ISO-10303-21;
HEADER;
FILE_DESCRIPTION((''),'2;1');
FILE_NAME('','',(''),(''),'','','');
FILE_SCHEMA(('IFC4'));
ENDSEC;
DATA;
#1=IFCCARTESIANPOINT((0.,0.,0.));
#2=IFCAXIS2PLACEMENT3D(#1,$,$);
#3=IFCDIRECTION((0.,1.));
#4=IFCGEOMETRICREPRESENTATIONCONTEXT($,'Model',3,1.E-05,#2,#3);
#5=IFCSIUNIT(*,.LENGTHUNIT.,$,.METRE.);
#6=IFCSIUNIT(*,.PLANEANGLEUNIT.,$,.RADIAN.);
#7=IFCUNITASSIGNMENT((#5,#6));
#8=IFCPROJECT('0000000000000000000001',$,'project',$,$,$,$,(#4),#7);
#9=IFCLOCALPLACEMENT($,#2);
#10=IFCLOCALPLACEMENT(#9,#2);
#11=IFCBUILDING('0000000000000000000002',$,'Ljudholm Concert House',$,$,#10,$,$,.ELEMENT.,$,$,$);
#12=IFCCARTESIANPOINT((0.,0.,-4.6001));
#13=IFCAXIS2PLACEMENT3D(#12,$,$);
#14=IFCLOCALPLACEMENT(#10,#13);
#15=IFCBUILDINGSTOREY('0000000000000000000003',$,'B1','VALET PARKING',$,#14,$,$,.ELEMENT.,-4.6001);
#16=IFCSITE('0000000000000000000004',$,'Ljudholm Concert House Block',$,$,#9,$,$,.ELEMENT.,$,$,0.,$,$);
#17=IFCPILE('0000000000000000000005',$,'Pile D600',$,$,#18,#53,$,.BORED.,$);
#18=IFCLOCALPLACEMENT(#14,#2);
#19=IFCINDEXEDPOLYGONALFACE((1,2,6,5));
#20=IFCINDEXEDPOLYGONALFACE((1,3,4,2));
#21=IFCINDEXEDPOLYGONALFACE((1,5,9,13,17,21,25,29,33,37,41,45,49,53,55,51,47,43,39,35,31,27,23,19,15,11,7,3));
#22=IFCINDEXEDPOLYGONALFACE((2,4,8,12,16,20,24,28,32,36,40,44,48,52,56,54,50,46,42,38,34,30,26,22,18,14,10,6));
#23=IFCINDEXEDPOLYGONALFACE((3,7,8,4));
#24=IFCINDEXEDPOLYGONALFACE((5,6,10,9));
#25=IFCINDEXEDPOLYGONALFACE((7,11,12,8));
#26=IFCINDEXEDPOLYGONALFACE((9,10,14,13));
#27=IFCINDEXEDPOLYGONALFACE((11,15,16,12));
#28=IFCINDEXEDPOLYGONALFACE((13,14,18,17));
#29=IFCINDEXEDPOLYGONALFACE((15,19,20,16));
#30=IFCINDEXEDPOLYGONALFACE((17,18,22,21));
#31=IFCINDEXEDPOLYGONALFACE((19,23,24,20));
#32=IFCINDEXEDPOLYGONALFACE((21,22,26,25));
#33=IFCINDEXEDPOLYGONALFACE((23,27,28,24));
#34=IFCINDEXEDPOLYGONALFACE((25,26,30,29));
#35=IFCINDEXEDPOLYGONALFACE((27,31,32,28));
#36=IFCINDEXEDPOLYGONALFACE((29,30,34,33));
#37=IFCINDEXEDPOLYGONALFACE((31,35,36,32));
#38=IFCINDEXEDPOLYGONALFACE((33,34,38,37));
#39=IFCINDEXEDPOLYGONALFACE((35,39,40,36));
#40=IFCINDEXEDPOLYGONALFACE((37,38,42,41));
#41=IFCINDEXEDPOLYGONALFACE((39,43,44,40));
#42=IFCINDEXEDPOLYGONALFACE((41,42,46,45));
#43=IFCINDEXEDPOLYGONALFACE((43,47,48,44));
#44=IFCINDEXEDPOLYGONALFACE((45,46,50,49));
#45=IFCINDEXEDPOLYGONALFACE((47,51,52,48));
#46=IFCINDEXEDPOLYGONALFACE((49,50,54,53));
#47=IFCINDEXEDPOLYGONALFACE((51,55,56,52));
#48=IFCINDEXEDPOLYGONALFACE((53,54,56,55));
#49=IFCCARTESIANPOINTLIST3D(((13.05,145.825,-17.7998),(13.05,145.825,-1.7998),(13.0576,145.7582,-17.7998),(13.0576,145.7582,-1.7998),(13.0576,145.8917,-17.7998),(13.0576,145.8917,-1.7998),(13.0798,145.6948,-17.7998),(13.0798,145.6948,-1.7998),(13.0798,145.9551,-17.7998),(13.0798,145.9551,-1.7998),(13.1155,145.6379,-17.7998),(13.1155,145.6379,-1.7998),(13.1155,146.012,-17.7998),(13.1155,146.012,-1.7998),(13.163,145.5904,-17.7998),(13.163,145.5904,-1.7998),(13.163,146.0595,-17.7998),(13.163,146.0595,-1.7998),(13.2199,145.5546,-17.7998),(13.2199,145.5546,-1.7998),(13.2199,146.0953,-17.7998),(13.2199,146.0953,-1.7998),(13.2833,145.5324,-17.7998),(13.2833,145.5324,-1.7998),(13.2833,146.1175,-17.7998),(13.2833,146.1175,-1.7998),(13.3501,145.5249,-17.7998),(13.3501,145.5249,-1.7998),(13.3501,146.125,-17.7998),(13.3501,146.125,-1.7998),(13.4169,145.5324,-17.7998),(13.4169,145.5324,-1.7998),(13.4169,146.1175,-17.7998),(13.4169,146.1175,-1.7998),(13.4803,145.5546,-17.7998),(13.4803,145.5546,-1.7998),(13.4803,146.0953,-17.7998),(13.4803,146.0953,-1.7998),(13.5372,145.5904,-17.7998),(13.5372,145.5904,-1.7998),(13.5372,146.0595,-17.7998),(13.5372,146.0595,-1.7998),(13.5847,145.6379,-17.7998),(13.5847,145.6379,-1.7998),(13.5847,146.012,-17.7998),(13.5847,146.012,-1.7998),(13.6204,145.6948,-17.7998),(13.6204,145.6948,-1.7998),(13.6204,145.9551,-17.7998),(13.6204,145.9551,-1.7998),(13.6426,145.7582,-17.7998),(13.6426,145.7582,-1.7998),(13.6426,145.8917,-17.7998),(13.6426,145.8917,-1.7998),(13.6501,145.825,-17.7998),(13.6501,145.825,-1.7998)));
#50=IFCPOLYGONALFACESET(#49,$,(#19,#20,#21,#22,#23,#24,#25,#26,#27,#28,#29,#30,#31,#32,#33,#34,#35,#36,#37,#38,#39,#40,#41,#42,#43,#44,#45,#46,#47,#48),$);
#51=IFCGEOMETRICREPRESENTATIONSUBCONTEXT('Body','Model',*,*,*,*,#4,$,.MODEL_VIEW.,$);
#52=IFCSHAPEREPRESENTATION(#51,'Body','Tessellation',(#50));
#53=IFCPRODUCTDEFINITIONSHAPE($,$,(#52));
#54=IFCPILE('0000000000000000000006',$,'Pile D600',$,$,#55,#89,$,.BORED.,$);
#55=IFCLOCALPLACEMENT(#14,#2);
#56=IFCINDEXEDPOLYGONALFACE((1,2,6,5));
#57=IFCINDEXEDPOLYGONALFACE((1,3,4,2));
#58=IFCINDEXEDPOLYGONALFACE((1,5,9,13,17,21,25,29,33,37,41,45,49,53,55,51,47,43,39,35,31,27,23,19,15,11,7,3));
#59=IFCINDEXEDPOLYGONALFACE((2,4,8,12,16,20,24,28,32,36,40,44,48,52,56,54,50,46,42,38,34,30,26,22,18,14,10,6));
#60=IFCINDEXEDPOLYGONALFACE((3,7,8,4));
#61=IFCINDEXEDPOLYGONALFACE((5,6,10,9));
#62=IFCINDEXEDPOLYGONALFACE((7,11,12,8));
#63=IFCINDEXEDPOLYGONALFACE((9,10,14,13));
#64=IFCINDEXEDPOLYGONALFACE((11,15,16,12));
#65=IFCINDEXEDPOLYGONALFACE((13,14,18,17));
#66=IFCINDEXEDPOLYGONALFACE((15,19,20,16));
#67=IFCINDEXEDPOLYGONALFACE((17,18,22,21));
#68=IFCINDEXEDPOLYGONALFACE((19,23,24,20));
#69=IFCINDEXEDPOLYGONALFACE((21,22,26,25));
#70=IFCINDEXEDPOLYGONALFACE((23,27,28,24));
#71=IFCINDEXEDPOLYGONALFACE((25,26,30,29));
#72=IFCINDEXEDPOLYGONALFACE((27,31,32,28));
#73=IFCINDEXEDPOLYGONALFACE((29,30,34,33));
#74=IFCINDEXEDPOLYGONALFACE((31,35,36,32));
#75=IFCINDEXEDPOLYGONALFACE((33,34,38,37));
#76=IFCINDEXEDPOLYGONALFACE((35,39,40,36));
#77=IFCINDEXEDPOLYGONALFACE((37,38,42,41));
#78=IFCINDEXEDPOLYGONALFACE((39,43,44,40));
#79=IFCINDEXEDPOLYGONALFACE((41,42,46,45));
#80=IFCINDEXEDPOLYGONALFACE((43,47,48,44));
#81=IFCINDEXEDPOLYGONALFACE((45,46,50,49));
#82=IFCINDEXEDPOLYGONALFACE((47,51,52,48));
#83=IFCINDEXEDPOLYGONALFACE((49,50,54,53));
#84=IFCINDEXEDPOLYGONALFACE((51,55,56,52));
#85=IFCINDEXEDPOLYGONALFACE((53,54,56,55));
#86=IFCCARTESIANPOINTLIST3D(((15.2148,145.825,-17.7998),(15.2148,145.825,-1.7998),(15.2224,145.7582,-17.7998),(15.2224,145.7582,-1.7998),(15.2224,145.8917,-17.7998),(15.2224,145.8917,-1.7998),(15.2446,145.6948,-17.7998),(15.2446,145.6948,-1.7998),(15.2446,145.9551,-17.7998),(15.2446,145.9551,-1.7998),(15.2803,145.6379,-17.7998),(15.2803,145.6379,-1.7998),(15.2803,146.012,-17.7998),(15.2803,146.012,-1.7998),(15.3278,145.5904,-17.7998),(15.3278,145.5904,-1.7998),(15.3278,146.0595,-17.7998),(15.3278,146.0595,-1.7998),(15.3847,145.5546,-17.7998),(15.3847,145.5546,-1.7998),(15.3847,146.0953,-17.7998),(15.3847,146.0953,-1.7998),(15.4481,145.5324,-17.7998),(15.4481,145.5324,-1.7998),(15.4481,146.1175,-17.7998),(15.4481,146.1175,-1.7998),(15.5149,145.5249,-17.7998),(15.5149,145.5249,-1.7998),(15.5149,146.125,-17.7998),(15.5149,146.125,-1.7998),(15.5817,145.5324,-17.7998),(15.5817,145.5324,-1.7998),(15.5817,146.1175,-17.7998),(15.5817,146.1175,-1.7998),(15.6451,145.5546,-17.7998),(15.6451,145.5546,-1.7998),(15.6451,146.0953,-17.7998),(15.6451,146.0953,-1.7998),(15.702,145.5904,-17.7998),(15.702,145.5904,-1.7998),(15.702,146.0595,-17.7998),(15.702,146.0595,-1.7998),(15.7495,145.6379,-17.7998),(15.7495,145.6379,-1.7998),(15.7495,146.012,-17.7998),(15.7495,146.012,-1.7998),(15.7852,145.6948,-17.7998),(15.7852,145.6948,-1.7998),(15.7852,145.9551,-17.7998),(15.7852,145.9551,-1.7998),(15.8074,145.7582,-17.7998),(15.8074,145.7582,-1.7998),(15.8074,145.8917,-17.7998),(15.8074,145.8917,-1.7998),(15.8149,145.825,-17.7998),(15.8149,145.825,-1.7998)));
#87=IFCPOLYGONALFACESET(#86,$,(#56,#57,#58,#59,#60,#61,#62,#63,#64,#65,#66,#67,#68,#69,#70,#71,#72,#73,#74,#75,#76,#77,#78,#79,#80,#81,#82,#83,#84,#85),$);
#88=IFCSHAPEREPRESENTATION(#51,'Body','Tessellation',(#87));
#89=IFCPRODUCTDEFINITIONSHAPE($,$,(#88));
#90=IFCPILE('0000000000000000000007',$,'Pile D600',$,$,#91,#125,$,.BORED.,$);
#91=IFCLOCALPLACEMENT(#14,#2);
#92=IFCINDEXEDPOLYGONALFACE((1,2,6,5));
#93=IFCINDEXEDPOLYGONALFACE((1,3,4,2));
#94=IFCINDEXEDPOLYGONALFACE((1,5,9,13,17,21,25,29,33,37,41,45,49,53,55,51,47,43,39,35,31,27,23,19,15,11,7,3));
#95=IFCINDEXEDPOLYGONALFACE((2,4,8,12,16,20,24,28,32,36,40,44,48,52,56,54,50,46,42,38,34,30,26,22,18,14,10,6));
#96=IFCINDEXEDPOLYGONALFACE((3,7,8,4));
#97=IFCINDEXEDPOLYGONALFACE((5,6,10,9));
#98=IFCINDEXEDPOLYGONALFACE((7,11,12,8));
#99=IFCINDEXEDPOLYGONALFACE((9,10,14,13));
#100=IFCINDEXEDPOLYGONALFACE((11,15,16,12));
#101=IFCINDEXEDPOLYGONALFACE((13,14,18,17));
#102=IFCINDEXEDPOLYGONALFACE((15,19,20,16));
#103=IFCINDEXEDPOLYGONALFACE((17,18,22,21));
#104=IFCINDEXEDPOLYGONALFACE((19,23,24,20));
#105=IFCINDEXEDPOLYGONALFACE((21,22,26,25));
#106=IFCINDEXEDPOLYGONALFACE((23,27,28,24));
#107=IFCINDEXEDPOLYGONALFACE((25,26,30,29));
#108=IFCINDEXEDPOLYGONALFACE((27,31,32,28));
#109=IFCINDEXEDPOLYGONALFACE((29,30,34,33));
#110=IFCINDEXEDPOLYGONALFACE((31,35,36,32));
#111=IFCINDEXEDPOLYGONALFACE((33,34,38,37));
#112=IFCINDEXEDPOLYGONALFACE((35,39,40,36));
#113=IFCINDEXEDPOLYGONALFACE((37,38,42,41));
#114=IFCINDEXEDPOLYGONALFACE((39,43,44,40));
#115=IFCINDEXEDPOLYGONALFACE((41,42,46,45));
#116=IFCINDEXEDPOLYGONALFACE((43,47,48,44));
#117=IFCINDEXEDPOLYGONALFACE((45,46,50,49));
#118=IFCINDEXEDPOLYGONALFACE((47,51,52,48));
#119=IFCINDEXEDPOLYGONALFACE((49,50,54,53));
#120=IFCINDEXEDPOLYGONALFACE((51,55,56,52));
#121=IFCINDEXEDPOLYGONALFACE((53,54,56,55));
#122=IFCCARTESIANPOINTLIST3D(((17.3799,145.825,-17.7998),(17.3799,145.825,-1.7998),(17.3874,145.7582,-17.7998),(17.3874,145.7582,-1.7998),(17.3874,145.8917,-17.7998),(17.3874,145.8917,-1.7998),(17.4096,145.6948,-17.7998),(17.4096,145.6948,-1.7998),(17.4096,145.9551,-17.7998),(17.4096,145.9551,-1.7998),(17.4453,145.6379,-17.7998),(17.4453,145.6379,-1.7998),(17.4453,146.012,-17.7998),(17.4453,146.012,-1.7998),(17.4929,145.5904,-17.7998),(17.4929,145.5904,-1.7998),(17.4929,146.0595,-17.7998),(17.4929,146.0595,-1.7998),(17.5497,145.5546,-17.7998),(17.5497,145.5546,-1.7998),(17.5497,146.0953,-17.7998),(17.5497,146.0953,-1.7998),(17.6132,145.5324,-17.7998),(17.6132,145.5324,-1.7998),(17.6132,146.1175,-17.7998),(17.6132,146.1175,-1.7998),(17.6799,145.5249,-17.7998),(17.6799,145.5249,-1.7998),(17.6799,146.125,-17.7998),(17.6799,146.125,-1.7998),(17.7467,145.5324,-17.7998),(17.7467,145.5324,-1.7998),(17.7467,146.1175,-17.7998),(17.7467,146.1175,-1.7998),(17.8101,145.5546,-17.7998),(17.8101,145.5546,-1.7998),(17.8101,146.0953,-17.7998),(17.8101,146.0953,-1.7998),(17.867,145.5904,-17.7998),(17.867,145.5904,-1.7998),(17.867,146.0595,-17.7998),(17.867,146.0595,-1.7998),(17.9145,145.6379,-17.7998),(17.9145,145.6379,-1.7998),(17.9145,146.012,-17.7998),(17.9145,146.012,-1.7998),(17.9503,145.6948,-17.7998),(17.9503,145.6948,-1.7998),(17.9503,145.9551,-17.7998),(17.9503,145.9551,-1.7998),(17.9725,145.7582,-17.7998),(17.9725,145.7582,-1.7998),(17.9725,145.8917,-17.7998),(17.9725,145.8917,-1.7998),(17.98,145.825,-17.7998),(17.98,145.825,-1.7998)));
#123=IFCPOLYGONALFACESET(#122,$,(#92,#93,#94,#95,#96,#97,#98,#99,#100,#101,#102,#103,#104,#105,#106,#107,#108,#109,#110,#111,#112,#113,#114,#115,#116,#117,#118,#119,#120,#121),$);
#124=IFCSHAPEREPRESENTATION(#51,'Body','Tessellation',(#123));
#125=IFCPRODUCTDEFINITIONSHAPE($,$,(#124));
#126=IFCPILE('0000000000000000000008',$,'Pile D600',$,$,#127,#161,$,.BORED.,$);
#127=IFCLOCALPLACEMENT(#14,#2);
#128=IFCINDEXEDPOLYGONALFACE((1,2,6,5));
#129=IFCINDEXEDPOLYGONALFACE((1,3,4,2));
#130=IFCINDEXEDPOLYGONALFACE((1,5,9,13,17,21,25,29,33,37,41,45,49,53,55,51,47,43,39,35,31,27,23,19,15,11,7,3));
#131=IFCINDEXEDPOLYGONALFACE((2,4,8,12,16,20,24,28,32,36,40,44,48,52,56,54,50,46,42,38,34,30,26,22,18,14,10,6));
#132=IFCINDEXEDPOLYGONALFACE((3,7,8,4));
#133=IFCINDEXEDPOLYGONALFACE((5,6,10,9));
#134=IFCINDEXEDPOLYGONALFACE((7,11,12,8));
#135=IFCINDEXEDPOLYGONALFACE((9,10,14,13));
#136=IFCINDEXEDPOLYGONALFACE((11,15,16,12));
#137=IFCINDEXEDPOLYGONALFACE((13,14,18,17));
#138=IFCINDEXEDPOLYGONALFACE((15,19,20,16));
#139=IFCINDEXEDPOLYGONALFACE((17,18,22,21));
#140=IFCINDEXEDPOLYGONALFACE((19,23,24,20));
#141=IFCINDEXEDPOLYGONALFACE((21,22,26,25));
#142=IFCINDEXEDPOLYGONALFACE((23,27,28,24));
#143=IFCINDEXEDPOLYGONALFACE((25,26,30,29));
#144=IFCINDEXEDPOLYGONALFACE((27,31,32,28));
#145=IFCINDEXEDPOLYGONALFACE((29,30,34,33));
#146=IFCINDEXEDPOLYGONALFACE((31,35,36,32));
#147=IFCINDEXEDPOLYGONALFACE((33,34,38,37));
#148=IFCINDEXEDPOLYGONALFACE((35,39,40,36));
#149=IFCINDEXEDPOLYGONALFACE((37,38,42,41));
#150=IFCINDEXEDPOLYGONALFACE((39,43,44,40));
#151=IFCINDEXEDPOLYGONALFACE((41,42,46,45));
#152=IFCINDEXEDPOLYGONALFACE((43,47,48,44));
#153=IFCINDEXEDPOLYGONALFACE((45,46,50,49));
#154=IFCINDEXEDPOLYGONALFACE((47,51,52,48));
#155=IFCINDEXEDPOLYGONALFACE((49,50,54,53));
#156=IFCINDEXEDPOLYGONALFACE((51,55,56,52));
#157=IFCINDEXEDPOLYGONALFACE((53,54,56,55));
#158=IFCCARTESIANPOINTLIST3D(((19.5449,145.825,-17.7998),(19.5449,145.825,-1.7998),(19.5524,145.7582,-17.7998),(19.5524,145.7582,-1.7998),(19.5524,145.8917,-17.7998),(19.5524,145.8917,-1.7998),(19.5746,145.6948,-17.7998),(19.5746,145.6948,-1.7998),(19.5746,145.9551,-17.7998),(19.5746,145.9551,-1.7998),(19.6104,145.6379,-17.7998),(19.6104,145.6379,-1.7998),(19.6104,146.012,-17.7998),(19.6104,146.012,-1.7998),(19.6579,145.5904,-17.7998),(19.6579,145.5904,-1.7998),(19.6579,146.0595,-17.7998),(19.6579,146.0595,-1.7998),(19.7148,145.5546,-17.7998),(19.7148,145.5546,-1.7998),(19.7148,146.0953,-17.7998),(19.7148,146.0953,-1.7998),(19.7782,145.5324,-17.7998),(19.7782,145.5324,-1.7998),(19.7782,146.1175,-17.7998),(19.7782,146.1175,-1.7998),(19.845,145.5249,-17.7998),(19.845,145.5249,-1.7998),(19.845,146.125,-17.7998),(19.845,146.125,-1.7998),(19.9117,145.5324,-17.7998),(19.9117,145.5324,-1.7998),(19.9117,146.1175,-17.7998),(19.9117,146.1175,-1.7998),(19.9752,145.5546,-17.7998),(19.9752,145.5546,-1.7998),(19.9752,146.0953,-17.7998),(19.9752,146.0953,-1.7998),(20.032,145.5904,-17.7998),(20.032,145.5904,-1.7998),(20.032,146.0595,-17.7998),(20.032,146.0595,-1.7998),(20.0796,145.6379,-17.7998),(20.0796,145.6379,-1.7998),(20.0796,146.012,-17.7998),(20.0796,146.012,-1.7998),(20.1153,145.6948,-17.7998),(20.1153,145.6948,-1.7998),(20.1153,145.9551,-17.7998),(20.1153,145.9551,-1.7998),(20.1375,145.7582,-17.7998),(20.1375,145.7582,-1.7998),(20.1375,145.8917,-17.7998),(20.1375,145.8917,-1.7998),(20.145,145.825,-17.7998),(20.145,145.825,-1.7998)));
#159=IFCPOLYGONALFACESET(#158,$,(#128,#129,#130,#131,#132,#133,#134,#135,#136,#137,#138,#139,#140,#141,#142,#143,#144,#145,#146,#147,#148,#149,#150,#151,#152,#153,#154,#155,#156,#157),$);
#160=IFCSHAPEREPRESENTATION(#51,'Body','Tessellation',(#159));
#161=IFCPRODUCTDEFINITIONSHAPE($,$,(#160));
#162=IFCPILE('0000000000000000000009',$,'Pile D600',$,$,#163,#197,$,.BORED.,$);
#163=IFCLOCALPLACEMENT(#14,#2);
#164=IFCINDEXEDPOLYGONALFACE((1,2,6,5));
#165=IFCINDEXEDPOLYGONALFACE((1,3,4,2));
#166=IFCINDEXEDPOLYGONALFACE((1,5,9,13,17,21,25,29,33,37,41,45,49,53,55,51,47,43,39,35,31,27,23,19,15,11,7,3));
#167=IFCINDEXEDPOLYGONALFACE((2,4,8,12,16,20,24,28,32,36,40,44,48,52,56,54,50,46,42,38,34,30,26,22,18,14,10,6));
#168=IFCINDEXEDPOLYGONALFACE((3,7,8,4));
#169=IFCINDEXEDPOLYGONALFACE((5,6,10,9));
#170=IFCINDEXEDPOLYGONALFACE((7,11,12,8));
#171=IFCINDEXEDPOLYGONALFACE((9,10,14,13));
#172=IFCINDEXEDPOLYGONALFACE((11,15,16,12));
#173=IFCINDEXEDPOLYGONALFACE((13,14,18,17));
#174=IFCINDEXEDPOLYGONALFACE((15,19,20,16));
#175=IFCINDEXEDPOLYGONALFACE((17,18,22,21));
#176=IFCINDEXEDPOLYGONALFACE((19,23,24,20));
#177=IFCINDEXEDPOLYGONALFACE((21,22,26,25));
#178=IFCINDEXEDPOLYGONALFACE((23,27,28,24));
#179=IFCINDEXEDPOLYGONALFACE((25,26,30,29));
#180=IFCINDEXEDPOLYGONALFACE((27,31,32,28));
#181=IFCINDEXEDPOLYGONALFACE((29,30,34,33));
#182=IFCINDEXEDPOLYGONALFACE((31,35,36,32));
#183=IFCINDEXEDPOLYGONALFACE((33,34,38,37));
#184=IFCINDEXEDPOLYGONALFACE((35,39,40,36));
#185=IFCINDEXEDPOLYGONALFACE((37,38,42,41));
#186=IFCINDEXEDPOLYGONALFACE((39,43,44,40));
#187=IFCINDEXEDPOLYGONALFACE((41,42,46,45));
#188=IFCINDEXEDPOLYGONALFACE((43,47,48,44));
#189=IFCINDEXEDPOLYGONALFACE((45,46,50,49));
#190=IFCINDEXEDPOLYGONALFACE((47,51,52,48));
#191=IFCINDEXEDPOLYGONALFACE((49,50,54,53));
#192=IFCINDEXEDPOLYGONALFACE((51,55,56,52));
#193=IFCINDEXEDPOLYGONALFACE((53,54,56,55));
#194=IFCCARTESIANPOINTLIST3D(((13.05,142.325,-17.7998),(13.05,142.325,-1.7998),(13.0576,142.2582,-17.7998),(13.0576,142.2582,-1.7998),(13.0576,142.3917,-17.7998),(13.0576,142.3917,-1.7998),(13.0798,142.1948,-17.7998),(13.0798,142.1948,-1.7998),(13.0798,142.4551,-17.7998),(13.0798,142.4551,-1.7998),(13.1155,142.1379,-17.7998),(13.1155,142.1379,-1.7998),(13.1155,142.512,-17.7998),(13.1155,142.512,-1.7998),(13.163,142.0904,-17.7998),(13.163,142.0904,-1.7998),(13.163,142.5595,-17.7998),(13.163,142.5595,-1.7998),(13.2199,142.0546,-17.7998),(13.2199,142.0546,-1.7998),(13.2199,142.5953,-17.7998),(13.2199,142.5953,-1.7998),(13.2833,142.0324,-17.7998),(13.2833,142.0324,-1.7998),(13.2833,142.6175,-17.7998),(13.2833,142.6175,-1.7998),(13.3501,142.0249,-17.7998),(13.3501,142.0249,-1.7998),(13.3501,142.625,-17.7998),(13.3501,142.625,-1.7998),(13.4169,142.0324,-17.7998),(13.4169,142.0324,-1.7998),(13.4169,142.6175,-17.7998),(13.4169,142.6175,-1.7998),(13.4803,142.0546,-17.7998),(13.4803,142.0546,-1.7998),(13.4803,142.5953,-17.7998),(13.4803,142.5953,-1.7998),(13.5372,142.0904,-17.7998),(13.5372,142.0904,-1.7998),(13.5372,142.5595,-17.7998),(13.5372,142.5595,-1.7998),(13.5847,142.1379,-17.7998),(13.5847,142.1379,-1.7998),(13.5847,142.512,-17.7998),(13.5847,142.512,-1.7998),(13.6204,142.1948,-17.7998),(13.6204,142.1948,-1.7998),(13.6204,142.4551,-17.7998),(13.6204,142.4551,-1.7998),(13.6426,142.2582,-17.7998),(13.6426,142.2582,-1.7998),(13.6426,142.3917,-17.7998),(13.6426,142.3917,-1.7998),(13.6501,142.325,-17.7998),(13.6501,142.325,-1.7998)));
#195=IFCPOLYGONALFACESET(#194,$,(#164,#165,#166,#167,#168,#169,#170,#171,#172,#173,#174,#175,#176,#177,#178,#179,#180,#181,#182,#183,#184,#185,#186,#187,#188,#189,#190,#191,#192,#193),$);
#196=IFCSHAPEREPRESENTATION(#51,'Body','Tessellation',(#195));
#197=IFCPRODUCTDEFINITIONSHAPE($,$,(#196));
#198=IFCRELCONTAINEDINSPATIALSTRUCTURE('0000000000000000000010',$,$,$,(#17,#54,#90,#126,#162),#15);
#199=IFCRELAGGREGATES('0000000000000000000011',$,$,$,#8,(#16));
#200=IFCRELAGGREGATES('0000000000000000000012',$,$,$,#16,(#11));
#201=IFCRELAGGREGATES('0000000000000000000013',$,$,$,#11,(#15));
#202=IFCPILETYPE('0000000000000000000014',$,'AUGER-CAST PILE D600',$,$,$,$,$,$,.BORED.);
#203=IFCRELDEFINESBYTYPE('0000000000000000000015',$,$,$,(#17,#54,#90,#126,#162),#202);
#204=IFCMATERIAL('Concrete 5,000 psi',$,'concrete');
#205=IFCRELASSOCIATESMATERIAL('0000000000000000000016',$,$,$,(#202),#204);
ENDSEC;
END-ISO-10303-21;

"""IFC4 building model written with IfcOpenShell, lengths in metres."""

from ifc_helpers import new_model, si_unit, direction, frame, origin, origin_2d, place, context, subcontext, project, spatial, circle, extrude, material, material_profile, profile_set, type_object, element, save


model = new_model("IFC4")

# Units and contexts
model_context = context("Model", 3, precision=1e-05, world=origin(), true_north=direction((0.0, 1.0)))
body_context = subcontext(model_context, "Body", "Model", "MODEL_VIEW")
ifc_project = project(units=[si_unit("LENGTHUNIT", "METRE"), si_unit("PLANEANGLEUNIT", "RADIAN")], contexts=[model_context])

# Site, building, storey
site_placement = place(None, origin())
site = spatial("IfcSite", under=ifc_project, at=site_placement, Name="Ljudholm Concert House Block", CompositionType="ELEMENT", RefElevation=0.0)
building_placement = place(site_placement, origin())
building = spatial("IfcBuilding", under=site, at=building_placement, Name="Ljudholm Concert House", CompositionType="ELEMENT")
storey_placement = place(building_placement, frame((0.0, 0.0, -4.6001)))
storey = spatial("IfcBuildingStorey", under=building, at=storey_placement, Name="B1", Description="VALET PARKING", CompositionType="ELEMENT", Elevation=-4.6001)

# Piles
ifc_material_1 = material(Name="Concrete 5,000 psi", Category="concrete")
ifc_material_profile_1 = material_profile(ifc_material_1, circle(Radius=0.3, at=origin_2d()), Name="AUGER-CAST PILE D600")
ifc_profile_set_1 = profile_set([ifc_material_profile_1], Name="Concrete 5,000 psi")
pile_type = type_object("IfcPileType", Name="AUGER-CAST PILE D600", PredefinedType="BORED", material=ifc_profile_set_1)
for number, where, z_axis, x_axis, name in (
    (1, (13.3501, 145.825, -1.7998), (0.0, 0.0, -1.0), (1.0, 0.0, 0.0), "Pile D600"),
    (2, (15.5149, 145.825, -1.7998), (0.0, 0.0, -1.0), (1.0, 0.0, 0.0), "Pile D600"),
    (3, (17.6799, 145.825, -1.7998), (0.0, 0.0, -1.0), (1.0, 0.0, 0.0), "Pile D600"),
    (4, (19.845, 145.825, -1.7998), (0.0, 0.0, -1.0), (1.0, 0.0, 0.0), "Pile D600"),
    (5, (13.3501, 142.325, -1.7998), (0.0, 0.0, -1.0), (1.0, 0.0, 0.0), "Pile D600"),
):
    element("IfcPile", number, at=place(storey_placement, frame(where, z_axis=z_axis, x_axis=x_axis)), inside=storey, type_object=pile_type, Name=name, PredefinedType="BORED", context=body_context, shape_type="SweptSolid", body=[
        extrude(circle(Radius=0.3, at=origin_2d()), origin(), (0.0, 0.0, 1.0), 16.0),
    ])

save(model, "model.ifc")
